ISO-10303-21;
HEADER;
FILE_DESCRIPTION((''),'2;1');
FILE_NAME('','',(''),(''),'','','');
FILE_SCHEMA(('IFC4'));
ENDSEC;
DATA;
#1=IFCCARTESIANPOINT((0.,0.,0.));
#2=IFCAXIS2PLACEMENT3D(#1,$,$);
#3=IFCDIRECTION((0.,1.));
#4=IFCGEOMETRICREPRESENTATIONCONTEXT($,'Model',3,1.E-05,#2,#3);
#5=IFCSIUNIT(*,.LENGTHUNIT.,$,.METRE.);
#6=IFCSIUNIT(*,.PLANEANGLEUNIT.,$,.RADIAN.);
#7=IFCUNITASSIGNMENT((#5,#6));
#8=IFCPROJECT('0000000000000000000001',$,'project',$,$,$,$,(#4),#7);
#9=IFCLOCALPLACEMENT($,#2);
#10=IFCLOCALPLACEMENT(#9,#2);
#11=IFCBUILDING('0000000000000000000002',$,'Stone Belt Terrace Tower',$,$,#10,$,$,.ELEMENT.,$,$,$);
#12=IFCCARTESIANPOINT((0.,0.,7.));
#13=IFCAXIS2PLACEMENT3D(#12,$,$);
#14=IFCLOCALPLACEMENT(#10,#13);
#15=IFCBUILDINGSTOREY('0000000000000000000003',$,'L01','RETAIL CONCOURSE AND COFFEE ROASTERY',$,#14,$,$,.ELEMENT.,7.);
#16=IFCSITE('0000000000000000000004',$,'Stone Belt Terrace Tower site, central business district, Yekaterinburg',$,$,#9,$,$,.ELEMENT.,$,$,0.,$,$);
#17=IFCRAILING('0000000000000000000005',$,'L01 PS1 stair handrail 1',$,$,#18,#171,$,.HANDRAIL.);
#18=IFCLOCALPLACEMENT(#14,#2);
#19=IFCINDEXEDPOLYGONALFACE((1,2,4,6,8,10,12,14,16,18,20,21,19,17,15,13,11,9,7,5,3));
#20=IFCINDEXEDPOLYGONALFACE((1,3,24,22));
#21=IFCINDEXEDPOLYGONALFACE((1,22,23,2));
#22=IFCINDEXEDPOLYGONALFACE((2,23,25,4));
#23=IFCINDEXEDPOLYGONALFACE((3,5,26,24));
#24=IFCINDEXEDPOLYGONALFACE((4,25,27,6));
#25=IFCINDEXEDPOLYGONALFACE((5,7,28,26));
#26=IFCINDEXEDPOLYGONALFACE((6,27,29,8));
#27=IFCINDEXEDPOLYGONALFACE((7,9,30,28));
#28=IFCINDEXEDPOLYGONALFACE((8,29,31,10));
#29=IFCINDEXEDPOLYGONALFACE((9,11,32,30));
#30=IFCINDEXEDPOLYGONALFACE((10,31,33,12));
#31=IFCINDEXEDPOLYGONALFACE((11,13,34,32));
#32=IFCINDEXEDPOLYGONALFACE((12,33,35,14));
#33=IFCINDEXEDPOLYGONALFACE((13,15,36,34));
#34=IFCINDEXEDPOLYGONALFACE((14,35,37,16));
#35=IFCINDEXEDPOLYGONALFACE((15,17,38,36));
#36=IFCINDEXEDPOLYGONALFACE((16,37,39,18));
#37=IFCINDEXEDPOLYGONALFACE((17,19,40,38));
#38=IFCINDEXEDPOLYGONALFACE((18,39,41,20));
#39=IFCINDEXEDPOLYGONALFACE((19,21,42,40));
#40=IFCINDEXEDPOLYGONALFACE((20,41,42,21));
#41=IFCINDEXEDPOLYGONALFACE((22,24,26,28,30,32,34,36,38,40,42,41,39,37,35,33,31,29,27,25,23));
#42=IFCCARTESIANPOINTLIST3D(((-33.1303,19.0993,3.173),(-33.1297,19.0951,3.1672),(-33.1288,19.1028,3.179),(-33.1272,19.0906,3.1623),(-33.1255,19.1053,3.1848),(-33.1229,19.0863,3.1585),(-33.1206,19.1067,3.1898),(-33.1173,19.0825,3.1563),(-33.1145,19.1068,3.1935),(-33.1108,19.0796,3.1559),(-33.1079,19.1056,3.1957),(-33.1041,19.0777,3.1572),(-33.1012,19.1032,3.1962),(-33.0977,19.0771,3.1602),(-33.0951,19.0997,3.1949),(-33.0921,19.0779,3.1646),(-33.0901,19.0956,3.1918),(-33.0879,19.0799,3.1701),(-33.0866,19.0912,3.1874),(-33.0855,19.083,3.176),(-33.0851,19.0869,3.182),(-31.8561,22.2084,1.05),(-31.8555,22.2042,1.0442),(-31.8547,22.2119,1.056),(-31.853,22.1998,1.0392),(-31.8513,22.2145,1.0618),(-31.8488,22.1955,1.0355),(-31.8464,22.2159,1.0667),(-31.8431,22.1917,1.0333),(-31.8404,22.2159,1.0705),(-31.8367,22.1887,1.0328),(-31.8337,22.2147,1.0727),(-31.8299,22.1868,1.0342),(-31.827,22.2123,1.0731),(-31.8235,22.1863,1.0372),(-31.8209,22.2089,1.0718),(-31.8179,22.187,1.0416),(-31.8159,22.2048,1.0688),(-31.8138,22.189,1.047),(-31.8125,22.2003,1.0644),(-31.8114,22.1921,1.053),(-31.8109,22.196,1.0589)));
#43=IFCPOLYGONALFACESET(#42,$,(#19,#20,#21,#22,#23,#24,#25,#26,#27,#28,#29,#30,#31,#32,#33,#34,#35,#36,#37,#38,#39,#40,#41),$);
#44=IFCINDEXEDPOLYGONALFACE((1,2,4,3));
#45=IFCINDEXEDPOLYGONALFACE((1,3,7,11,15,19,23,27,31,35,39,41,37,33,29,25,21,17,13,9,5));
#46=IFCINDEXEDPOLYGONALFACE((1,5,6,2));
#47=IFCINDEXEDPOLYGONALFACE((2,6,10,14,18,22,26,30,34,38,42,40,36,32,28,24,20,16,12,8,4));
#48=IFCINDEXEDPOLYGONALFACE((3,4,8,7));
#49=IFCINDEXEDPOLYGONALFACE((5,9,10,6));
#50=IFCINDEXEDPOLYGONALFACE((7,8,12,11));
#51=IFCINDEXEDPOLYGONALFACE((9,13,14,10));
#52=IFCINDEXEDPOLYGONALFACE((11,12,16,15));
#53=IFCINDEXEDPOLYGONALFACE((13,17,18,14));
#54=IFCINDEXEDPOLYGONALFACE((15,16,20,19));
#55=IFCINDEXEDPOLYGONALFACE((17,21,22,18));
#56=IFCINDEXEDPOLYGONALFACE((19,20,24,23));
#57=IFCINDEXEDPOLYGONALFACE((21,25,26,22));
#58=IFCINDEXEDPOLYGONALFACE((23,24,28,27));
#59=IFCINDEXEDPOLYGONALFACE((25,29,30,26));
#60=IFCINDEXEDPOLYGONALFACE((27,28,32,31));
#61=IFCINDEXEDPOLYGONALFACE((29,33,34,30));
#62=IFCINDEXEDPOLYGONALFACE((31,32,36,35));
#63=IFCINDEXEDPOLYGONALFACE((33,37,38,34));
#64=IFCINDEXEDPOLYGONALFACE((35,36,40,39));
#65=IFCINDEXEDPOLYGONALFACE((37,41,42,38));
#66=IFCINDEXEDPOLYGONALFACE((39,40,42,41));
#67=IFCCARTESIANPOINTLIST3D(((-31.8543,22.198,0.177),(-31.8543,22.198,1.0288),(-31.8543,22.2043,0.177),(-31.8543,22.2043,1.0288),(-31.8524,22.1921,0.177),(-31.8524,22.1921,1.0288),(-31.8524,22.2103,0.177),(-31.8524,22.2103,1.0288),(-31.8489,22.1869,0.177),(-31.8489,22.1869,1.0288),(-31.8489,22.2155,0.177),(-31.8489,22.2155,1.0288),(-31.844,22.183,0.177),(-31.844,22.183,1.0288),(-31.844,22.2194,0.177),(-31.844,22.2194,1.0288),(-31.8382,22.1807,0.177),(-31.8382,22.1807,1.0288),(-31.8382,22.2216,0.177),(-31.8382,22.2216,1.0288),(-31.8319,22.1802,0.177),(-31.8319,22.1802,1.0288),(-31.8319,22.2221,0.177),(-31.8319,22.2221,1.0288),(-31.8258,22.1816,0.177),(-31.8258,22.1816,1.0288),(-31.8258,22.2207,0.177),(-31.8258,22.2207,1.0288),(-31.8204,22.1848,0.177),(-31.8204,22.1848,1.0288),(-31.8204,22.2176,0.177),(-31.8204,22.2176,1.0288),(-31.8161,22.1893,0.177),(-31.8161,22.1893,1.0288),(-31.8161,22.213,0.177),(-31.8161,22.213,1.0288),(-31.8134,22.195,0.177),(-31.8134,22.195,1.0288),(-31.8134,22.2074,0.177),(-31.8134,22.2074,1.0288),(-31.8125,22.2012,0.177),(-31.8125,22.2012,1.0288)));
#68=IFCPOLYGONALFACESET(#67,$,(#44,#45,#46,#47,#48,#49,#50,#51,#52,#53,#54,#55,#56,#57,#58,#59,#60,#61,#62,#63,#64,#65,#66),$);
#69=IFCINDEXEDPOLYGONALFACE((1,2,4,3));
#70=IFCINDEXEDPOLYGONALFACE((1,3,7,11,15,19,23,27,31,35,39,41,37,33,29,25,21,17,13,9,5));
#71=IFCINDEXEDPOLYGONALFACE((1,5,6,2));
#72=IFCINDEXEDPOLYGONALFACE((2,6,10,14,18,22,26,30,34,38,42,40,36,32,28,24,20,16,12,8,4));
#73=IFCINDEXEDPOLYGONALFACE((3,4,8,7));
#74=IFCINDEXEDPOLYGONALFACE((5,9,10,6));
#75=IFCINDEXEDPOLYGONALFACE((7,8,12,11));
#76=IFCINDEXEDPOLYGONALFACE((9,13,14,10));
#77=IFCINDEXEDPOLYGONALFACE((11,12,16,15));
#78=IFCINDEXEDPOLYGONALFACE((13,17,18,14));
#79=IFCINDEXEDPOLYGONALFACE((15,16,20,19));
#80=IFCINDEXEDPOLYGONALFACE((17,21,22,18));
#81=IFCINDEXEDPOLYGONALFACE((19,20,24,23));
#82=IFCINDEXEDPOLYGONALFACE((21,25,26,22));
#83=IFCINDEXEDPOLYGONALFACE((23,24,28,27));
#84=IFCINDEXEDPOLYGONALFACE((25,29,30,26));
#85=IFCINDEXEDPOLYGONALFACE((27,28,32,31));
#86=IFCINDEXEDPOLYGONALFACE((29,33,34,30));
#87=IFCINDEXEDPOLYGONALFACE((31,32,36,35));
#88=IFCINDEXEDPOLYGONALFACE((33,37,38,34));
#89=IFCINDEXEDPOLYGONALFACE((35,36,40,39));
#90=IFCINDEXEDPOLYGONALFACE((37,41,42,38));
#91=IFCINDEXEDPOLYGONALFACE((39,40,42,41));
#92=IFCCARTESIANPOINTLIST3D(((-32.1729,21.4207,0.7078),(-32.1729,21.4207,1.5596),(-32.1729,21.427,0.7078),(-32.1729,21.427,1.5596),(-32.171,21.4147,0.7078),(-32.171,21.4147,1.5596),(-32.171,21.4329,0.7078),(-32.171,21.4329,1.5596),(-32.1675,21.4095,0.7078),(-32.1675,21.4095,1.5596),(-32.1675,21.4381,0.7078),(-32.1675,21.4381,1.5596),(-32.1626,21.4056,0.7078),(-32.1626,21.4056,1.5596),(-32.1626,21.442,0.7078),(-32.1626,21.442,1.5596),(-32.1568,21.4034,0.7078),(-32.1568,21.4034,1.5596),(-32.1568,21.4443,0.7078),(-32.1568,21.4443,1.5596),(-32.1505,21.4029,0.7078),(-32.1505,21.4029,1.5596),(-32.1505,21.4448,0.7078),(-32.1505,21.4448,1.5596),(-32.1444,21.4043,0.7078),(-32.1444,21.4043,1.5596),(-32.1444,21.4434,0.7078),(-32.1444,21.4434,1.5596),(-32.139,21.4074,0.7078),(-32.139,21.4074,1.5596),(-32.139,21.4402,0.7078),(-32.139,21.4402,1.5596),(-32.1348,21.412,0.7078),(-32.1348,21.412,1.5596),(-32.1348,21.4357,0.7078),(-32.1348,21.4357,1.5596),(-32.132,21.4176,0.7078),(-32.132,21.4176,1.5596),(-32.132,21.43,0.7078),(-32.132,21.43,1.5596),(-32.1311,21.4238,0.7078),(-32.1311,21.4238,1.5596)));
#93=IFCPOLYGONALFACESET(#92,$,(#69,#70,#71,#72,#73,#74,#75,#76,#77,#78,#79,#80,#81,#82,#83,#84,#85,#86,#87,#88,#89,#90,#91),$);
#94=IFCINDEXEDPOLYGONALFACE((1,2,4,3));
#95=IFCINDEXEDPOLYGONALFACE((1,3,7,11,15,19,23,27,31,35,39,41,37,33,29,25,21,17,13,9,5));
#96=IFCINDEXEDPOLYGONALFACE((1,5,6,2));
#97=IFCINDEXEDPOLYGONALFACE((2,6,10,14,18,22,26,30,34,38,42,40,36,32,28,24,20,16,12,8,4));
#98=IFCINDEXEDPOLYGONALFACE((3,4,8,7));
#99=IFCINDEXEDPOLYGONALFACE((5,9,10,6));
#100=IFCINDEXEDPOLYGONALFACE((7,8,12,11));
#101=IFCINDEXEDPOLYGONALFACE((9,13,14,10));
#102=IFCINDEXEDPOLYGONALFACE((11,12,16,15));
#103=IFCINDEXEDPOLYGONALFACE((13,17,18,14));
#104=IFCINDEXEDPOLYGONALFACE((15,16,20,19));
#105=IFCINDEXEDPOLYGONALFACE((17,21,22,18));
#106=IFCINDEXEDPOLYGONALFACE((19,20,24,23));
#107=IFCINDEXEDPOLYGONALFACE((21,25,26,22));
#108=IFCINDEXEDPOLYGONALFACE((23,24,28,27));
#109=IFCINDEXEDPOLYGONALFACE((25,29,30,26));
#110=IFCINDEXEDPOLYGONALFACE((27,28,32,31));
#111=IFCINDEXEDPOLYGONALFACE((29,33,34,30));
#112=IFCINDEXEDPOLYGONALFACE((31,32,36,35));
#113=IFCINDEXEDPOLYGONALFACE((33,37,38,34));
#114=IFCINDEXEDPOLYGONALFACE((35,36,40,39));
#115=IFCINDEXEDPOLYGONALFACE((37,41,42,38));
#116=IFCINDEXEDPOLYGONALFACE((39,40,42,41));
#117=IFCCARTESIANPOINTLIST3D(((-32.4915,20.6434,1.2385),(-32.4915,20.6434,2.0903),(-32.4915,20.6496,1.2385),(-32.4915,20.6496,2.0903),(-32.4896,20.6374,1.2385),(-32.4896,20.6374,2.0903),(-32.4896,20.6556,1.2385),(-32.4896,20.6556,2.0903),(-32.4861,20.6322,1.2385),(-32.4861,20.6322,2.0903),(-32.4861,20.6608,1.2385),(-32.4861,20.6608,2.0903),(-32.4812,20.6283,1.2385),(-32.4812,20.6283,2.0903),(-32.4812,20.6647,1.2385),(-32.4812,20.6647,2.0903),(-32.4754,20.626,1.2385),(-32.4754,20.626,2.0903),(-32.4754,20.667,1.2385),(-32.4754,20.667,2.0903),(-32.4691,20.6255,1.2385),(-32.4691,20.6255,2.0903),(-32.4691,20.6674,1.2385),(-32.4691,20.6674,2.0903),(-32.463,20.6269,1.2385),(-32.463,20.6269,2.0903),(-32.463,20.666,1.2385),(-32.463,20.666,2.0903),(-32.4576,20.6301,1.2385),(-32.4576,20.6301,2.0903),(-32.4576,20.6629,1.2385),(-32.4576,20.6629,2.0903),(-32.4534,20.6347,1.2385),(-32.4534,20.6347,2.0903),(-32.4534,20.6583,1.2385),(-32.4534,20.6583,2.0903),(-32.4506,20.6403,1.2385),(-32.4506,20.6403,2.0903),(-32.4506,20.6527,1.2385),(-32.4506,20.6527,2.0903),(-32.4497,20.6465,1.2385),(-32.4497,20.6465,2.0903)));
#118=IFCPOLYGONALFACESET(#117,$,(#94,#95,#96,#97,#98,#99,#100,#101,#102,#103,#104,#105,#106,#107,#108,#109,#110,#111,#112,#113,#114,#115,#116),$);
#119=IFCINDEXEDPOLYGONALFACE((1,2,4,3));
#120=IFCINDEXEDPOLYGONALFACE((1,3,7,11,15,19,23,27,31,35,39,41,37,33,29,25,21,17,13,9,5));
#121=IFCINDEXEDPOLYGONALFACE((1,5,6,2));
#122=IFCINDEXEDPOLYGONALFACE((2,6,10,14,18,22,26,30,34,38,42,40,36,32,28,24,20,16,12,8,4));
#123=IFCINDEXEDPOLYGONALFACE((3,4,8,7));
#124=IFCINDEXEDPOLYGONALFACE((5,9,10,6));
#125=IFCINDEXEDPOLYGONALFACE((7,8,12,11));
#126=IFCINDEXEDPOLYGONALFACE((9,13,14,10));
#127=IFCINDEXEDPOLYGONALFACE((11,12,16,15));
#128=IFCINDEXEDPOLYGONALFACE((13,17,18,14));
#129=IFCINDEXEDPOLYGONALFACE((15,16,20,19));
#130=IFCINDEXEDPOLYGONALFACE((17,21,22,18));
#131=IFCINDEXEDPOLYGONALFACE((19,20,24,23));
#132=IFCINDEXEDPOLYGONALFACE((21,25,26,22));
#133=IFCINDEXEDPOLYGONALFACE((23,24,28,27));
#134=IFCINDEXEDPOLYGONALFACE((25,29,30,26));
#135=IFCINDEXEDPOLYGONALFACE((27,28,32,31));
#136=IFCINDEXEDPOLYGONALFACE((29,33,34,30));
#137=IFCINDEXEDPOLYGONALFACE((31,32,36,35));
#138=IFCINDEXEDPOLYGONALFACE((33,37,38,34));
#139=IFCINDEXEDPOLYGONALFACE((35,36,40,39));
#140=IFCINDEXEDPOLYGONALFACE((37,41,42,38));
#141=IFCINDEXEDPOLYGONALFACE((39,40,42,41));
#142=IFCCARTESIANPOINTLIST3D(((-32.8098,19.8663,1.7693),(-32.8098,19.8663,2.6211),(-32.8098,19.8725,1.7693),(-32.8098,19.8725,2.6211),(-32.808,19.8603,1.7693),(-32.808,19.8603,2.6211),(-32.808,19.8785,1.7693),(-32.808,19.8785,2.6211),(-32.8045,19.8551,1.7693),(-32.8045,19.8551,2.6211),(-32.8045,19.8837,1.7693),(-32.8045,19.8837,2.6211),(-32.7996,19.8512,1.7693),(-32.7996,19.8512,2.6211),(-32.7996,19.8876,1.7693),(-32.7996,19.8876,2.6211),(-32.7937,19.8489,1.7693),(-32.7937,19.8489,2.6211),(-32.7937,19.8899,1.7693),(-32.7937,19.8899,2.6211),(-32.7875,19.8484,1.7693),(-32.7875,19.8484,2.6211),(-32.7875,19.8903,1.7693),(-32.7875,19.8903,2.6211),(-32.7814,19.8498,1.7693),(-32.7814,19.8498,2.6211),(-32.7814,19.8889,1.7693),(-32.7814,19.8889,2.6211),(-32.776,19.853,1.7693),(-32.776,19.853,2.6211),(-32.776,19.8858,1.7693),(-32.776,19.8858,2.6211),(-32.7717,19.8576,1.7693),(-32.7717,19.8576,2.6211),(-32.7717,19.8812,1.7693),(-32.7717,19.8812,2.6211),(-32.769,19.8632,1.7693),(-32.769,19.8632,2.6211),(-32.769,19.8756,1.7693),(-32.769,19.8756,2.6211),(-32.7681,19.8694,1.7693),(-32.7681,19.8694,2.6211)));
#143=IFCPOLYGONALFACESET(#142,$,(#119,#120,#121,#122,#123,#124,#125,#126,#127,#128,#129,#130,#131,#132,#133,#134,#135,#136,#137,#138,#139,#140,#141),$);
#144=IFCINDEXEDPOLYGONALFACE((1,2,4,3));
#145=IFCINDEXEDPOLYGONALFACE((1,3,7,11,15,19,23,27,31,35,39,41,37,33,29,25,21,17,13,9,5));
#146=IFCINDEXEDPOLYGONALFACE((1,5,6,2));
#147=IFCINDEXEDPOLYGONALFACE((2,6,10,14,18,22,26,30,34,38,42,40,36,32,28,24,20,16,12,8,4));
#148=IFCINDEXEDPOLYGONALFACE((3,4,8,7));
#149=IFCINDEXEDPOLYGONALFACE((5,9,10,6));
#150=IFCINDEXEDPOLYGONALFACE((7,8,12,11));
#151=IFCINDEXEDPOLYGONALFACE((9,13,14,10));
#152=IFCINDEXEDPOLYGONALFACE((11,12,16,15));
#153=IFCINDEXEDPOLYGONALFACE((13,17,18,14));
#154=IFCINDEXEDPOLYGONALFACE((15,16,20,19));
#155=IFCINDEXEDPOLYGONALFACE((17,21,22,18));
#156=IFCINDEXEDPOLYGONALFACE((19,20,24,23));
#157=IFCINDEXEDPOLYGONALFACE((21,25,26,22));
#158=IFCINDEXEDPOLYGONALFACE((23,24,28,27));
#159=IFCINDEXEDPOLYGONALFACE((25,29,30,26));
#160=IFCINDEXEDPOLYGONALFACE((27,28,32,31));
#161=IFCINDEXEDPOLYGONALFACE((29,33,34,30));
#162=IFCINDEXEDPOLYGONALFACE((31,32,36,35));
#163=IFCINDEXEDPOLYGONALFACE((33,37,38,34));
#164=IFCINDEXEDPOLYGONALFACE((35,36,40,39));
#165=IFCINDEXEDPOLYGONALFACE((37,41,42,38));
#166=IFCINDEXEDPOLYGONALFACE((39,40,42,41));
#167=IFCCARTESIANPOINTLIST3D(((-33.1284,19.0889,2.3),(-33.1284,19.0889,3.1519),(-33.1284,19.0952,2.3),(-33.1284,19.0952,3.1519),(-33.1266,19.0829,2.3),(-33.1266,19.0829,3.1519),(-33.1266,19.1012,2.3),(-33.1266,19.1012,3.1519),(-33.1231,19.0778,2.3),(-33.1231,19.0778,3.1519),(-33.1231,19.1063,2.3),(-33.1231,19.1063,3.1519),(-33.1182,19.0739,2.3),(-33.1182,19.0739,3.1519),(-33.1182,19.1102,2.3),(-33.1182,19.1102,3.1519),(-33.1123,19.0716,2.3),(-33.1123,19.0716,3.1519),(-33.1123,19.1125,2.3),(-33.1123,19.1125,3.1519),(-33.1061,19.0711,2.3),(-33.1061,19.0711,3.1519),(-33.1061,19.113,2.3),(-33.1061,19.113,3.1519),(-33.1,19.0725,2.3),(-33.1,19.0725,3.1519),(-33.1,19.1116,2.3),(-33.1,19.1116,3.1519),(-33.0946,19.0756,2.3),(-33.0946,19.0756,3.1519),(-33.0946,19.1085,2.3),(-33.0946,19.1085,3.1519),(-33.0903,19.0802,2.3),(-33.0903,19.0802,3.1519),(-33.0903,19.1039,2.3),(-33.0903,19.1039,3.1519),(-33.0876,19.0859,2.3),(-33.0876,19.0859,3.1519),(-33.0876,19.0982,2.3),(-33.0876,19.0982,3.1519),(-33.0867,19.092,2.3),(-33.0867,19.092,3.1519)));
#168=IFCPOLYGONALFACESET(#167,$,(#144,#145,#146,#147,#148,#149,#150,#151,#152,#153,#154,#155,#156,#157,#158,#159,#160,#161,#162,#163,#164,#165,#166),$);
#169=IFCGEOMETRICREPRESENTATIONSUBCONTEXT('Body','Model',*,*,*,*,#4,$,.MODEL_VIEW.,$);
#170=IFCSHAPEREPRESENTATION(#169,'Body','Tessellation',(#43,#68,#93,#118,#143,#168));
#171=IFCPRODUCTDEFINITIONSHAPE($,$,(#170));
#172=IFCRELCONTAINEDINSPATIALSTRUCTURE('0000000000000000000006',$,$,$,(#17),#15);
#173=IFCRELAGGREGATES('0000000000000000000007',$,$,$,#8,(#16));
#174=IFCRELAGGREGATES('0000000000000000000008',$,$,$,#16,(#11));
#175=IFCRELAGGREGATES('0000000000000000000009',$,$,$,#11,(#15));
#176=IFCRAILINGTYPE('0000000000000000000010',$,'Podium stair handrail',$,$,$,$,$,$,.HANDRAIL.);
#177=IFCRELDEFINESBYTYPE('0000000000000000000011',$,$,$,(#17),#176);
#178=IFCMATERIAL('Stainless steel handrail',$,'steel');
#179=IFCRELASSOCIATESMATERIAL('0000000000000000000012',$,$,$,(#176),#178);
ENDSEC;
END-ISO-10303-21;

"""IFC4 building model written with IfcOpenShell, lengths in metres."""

from ifc_helpers import new_model, si_unit, direction, frame, origin, origin_2d, place, context, subcontext, project, spatial, circle, extrude, material, type_object, element, save


model = new_model("IFC4")

# Units and contexts
model_context = context("Model", 3, precision=1e-05, world=origin(), true_north=direction((0.0, 1.0)))
body_context = subcontext(model_context, "Body", "Model", "MODEL_VIEW")
ifc_project = project(units=[si_unit("LENGTHUNIT", "METRE"), si_unit("PLANEANGLEUNIT", "RADIAN")], contexts=[model_context])

# Site, building, storey
site_placement = place(None, origin())
site = spatial("IfcSite", under=ifc_project, at=site_placement, Name="Stone Belt Terrace Tower site, central business district, Yekaterinburg", CompositionType="ELEMENT", RefElevation=0.0)
building_placement = place(site_placement, origin())
building = spatial("IfcBuilding", under=site, at=building_placement, Name="Stone Belt Terrace Tower", CompositionType="ELEMENT")
storey_placement = place(building_placement, frame((0.0, 0.0, 7.0)))
storey = spatial("IfcBuildingStorey", under=building, at=storey_placement, Name="L01", Description="RETAIL CONCOURSE AND COFFEE ROASTERY", CompositionType="ELEMENT", Elevation=7.0)

# Railing
ifc_material_1 = material(Name="Stainless steel handrail", Category="steel")
railing_type_1 = type_object("IfcRailingType", Name="Podium stair handrail", PredefinedType="HANDRAIL", material=ifc_material_1)
railing_1_placement = place(storey_placement, frame((-31.8335, 22.2012, 0.177)))
element("IfcRailing", 1, at=railing_1_placement, inside=storey, type_object=railing_type_1, Name="L01 PS1 stair handrail 1", PredefinedType="HANDRAIL", context=body_context, shape_type="SweptSolid", body=[
    extrude(circle(Radius=0.0239, at=origin_2d()), frame((0.0, 0.0, 0.876), z_axis=(-0.320577, -0.782248, 0.534152), x_axis=(0.925312, -0.379207, 0.0)), (0.0, 0.0, 1.0), 3.9746),
    extrude(circle(Radius=0.021, at=origin_2d()), origin(), (0.0, 0.0, 1.0), 0.8518),
    extrude(circle(Radius=0.021, at=origin_2d()), frame((-0.3186, -0.7773, 0.5308)), (0.0, 0.0, 1.0), 0.8518),
    extrude(circle(Radius=0.021, at=origin_2d()), frame((-0.6372, -1.5547, 1.0615)), (0.0, 0.0, 1.0), 0.8518),
    extrude(circle(Radius=0.021, at=origin_2d()), frame((-0.9556, -2.3318, 1.5923)), (0.0, 0.0, 1.0), 0.8518),
    extrude(circle(Radius=0.021, at=origin_2d()), frame((-1.2742, -3.1091, 2.123)), (0.0, 0.0, 1.0), 0.8518),
])

save(model, "model.ifc")
